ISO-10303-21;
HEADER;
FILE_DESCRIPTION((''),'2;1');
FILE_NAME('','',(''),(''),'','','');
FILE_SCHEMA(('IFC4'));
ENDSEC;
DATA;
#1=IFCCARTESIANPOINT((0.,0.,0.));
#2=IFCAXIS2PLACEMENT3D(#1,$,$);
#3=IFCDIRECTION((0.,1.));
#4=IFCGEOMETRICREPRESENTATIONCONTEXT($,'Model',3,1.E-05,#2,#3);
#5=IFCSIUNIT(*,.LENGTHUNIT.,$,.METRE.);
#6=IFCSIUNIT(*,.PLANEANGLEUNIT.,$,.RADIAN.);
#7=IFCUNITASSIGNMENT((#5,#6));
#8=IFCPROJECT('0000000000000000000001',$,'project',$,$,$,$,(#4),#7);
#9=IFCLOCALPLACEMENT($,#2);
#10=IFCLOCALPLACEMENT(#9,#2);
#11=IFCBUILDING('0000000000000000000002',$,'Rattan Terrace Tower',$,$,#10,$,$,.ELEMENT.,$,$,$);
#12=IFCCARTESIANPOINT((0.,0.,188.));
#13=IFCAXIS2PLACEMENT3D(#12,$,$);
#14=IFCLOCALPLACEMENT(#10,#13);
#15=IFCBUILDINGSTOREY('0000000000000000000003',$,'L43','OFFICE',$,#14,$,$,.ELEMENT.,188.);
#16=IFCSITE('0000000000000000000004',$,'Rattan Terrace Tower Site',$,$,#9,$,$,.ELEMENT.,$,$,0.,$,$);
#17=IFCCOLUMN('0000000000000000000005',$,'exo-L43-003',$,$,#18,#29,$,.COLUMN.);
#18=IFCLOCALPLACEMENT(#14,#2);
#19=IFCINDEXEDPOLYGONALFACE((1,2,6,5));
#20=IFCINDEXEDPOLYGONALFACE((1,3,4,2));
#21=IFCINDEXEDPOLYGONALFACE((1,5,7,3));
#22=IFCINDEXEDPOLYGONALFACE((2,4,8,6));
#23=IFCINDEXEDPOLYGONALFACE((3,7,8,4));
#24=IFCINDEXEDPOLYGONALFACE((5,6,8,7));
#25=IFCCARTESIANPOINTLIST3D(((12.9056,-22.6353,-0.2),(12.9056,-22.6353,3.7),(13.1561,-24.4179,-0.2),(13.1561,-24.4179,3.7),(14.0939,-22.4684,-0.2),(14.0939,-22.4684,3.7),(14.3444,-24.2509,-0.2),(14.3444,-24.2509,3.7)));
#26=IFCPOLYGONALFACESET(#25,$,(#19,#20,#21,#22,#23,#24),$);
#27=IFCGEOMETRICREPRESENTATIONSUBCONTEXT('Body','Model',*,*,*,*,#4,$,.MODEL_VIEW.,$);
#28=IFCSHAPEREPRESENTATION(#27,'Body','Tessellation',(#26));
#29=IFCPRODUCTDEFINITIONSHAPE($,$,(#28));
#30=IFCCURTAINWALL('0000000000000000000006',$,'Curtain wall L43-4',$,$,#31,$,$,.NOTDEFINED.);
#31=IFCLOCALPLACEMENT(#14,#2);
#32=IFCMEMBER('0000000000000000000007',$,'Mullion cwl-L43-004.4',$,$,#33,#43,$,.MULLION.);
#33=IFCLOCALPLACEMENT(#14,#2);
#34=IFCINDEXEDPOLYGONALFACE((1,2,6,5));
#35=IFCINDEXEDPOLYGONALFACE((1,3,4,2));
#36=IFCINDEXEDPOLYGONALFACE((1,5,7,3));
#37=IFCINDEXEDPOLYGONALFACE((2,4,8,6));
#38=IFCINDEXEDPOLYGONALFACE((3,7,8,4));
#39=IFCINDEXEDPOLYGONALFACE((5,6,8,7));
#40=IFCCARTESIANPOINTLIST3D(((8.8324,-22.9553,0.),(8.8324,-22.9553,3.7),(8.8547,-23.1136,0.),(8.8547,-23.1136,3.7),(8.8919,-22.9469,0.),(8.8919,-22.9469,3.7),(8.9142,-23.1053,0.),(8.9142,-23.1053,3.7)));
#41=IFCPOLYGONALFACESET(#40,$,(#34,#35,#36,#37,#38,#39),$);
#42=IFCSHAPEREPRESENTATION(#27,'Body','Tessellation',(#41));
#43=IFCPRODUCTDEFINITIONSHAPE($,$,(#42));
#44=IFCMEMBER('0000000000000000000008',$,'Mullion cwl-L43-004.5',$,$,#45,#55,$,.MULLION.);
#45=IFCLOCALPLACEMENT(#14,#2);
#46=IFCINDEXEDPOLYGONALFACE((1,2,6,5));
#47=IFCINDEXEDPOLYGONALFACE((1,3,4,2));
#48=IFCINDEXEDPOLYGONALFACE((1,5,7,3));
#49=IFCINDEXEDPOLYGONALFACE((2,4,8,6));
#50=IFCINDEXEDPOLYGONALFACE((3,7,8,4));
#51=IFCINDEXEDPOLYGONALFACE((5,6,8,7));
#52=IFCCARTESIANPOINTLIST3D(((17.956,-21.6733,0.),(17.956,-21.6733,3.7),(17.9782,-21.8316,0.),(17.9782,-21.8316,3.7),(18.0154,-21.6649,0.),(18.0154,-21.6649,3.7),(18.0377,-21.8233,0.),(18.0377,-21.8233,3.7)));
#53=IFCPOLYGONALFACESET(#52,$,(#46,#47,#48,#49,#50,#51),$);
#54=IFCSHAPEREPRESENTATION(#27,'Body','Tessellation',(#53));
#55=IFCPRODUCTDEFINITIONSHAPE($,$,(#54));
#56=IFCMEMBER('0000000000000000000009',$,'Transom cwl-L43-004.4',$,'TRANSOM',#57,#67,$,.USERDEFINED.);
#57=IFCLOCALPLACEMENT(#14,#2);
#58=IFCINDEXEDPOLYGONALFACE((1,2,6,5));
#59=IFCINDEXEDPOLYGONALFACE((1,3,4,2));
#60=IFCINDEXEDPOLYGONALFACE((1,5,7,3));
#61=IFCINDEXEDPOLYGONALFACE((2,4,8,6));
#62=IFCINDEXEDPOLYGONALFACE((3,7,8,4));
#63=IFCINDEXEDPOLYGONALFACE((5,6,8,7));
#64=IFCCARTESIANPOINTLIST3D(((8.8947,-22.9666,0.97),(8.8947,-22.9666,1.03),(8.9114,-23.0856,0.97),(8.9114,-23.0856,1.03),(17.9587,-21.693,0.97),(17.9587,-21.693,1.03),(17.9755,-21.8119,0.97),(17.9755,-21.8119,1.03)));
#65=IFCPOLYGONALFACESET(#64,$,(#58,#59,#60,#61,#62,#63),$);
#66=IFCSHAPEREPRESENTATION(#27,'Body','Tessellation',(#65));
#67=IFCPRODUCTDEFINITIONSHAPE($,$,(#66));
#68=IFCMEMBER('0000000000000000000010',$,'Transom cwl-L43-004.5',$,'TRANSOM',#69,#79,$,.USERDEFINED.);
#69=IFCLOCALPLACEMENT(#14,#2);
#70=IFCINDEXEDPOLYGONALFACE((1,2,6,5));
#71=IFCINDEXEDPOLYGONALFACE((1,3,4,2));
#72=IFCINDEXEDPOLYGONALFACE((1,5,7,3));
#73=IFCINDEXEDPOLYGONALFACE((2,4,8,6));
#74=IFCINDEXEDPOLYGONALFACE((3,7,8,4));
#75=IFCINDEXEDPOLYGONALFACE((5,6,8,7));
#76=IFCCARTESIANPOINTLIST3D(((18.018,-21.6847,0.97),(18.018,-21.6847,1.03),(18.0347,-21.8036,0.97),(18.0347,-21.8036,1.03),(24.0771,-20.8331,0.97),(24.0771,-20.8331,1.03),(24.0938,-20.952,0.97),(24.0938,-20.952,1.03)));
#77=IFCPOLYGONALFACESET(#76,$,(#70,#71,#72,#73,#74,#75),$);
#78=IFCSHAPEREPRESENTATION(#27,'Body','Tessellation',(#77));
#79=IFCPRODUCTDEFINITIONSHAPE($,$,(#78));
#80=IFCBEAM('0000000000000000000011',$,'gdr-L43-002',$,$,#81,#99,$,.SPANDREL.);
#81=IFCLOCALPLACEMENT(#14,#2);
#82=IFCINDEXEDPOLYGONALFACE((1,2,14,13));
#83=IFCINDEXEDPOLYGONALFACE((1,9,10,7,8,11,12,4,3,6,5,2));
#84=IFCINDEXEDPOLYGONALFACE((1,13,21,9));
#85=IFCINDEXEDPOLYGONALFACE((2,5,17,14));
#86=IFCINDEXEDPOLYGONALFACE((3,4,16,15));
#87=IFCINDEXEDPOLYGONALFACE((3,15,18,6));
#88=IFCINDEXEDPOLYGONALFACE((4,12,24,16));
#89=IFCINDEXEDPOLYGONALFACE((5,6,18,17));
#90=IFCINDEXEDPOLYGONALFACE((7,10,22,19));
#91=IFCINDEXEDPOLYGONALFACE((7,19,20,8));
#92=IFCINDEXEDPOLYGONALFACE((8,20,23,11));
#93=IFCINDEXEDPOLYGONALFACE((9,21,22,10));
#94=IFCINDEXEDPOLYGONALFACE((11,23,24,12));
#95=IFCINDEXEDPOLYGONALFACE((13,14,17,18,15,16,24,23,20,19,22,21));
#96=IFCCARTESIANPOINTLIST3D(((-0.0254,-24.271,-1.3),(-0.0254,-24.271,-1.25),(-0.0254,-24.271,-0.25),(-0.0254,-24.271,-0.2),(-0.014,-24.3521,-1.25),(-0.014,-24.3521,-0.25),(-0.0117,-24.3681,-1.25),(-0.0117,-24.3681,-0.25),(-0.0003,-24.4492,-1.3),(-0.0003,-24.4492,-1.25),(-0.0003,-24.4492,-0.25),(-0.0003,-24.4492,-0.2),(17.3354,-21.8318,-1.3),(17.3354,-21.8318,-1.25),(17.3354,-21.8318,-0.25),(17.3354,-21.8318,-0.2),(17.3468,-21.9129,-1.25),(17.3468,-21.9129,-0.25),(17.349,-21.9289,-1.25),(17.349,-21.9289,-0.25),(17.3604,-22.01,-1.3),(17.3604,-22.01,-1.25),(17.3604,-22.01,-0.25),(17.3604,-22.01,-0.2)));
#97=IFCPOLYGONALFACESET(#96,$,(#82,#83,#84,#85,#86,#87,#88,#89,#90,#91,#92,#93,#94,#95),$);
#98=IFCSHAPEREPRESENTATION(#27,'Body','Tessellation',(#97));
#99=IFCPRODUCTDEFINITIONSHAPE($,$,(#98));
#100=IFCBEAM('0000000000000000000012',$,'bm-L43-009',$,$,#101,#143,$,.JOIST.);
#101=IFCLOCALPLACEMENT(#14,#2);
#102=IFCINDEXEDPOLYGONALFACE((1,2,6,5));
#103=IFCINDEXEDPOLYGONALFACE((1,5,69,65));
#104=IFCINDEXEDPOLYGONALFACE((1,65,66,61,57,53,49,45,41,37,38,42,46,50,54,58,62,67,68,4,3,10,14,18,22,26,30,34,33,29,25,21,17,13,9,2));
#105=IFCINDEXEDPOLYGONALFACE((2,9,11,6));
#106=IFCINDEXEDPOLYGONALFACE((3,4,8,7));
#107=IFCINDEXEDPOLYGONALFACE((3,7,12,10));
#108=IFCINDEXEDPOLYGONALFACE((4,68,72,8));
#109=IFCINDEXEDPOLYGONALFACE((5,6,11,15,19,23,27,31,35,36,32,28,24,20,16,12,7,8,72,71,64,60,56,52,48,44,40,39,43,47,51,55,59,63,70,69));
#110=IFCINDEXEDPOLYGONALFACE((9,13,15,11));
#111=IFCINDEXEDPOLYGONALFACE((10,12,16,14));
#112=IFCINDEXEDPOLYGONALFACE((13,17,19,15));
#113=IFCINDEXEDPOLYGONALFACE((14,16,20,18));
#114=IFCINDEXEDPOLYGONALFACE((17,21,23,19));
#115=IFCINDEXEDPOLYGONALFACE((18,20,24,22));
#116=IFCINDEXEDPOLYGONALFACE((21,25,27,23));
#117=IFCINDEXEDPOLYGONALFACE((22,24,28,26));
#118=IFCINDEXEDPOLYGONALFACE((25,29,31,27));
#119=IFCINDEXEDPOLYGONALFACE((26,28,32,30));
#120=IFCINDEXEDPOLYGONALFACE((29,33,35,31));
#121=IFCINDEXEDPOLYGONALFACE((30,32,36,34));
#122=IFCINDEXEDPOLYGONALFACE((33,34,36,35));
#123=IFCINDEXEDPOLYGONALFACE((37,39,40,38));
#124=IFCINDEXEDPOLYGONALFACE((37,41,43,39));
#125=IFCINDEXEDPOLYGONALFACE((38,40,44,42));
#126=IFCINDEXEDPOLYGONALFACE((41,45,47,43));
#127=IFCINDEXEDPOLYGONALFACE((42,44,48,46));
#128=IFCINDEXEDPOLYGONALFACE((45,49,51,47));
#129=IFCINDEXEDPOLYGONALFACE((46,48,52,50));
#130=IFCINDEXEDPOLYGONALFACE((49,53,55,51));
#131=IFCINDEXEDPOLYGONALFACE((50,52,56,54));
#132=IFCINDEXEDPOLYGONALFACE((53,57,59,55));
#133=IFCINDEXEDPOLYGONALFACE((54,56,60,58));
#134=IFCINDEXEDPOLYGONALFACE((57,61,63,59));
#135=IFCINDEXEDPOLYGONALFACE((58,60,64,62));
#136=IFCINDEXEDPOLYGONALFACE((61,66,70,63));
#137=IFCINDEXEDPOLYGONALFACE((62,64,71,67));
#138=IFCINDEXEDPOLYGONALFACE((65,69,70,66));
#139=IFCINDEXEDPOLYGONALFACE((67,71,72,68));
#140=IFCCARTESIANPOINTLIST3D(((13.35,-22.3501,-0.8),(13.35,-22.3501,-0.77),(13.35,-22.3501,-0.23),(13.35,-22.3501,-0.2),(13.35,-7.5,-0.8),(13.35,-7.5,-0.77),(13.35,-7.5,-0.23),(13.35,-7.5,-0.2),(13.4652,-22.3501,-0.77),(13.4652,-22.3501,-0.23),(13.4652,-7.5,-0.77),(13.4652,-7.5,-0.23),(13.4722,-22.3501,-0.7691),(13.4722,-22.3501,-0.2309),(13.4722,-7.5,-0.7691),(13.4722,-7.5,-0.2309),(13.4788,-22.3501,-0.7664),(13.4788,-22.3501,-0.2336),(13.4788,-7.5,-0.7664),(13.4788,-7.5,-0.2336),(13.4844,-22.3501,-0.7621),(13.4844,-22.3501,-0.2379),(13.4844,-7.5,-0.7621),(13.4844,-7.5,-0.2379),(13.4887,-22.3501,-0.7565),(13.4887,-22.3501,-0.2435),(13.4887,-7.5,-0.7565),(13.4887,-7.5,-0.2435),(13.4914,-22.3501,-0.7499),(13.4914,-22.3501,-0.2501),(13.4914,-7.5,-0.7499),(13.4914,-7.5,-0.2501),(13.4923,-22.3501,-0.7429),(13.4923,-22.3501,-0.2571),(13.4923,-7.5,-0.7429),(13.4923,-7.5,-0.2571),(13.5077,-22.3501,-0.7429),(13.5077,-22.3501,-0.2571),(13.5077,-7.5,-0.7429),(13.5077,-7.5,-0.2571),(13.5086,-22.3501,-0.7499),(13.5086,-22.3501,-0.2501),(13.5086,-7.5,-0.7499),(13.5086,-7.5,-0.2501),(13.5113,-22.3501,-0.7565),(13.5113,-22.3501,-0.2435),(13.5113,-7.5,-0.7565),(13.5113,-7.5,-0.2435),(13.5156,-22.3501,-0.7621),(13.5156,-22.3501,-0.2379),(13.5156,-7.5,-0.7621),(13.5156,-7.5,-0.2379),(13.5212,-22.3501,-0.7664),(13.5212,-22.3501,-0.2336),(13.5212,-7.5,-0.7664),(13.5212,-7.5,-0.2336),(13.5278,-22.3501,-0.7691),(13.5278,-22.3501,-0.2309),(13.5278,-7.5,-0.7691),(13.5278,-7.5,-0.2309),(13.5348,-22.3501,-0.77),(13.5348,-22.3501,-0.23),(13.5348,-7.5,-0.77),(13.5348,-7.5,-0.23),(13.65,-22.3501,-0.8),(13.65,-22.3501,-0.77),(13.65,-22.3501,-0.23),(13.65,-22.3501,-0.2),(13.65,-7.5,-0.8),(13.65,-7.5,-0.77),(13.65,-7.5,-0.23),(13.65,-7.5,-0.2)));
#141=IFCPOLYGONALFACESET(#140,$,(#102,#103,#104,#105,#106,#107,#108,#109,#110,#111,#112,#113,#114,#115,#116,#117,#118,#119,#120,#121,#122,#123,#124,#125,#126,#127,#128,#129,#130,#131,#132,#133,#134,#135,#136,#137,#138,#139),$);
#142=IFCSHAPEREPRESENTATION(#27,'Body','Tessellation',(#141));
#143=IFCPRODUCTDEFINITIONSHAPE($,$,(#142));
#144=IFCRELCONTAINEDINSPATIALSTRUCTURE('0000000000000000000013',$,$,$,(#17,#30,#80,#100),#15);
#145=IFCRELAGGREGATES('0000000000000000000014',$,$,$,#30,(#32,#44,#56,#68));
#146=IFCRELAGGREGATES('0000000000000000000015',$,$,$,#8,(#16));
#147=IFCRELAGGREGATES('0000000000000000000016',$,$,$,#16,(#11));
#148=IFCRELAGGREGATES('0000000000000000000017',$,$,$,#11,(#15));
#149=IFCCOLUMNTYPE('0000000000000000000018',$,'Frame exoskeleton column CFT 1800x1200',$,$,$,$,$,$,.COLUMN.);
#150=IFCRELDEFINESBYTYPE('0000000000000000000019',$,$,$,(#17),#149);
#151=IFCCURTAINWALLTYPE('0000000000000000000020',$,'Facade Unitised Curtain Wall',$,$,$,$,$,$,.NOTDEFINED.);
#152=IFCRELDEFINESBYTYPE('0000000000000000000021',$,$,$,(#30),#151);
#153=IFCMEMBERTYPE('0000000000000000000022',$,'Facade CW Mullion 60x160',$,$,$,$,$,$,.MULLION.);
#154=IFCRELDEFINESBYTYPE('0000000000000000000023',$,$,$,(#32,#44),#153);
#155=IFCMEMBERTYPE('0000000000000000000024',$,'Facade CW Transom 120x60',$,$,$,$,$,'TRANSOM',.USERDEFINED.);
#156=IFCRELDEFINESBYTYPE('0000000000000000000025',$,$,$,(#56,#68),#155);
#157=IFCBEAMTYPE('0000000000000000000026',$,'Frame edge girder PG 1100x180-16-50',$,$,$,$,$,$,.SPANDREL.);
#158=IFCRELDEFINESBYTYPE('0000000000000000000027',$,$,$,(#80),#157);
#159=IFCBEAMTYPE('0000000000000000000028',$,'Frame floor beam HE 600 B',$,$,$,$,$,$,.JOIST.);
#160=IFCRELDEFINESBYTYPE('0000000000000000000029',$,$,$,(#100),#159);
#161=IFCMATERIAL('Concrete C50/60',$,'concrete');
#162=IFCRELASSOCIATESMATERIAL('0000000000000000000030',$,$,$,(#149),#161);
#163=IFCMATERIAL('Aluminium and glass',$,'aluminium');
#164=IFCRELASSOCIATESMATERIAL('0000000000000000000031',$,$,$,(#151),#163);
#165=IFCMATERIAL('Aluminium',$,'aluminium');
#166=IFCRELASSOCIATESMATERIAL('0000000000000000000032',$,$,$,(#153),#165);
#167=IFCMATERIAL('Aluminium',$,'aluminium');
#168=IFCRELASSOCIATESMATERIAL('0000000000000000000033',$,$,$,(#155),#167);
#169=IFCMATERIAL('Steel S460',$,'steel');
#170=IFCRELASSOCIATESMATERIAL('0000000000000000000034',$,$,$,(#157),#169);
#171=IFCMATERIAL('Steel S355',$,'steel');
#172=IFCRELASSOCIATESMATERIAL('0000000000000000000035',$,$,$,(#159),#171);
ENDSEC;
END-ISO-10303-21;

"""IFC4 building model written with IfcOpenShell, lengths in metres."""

from ifc_helpers import new_model, si_unit, direction, frame, origin, origin_2d, place, context, subcontext, project, spatial, rectangle, i_section, extrude, material, material_profile, profile_set, type_object, element, aggregate, save


model = new_model("IFC4")

# Units and contexts
model_context = context("Model", 3, precision=1e-05, world=origin(), true_north=direction((0.0, 1.0)))
body_context = subcontext(model_context, "Body", "Model", "MODEL_VIEW")
ifc_project = project(units=[si_unit("LENGTHUNIT", "METRE"), si_unit("PLANEANGLEUNIT", "RADIAN")], contexts=[model_context])

# Site, building, storey
site_placement = place(None, origin())
site = spatial("IfcSite", under=ifc_project, at=site_placement, Name="Rattan Terrace Tower Site", CompositionType="ELEMENT", RefElevation=0.0)
building_placement = place(site_placement, origin())
building = spatial("IfcBuilding", under=site, at=building_placement, Name="Rattan Terrace Tower", CompositionType="ELEMENT")
storey_placement = place(building_placement, frame((0.0, 0.0, 188.0)))
storey = spatial("IfcBuildingStorey", under=building, at=storey_placement, Name="L43", Description="OFFICE", CompositionType="ELEMENT", Elevation=188.0)

# Column
ifc_material_1 = material(Name="Concrete C50/60", Category="concrete")
ifc_material_profile_1 = material_profile(ifc_material_1, rectangle(XDim=1.2, YDim=1.8, at=origin_2d()), Name="CFT 1800x1200")
ifc_profile_set_1 = profile_set([ifc_material_profile_1], Name="Concrete C50/60")
column_type = type_object("IfcColumnType", Name="Frame exoskeleton column CFT 1800x1200", PredefinedType="COLUMN", material=ifc_profile_set_1)
column_placement = place(storey_placement, frame((13.625, -23.4431, -0.2), z_axis=(0.0, 0.0, 1.0), x_axis=(0.99027, 0.139156, 0.0)))
element("IfcColumn", 1, at=column_placement, inside=storey, type_object=column_type, Name="exo-L43-003", PredefinedType="COLUMN", context=body_context, shape_type="SweptSolid", body=[
    extrude(rectangle(XDim=1.2, YDim=1.8, at=origin_2d()), origin(), (0.0, 0.0, 1.0), 3.8999),
])

# Curtain wall, members
ifc_material_2 = material(Name="Aluminium and glass", Category="aluminium")
curtain_wall_type = type_object("IfcCurtainWallType", Name="Facade Unitised Curtain Wall", PredefinedType="NOTDEFINED", material=ifc_material_2)
curtain_wall_placement = place(storey_placement, origin())
curtain_wall = element("IfcCurtainWall", 2, at=curtain_wall_placement, inside=storey, type_object=curtain_wall_type, Name="Curtain wall L43-4", PredefinedType="NOTDEFINED")
ifc_material_3 = material(Name="Aluminium", Category="aluminium")
ifc_material_profile_2 = material_profile(ifc_material_3, rectangle(XDim=0.0601, YDim=0.1599, at=origin_2d()), Name="Aluminium 60x160")
ifc_profile_set_2 = profile_set([ifc_material_profile_2], Name="Aluminium")
member_type_1 = type_object("IfcMemberType", Name="Facade CW Mullion 60x160", PredefinedType="MULLION", material=ifc_profile_set_2)
member_1_placement = place(storey_placement, frame((8.8733, -23.0303, 0.0), z_axis=(0.0, 0.0, 1.0), x_axis=(0.99027, 0.139161, 0.0)))
member_1 = element("IfcMember", 3, at=member_1_placement, type_object=member_type_1, Name="Mullion cwl-L43-004.4", PredefinedType="MULLION", context=body_context, shape_type="SweptSolid", body=[
    extrude(rectangle(XDim=0.0601, YDim=0.1599, at=origin_2d()), origin(), (0.0, 0.0, 1.0), 3.7),
])
member_2_placement = place(storey_placement, frame((17.9968, -21.7483, 0.0), z_axis=(0.0, 0.0, 1.0), x_axis=(0.99027, 0.139161, 0.0)))
member_2 = element("IfcMember", 4, at=member_2_placement, type_object=member_type_1, Name="Mullion cwl-L43-004.5", PredefinedType="MULLION", context=body_context, shape_type="SweptSolid", body=[
    extrude(rectangle(XDim=0.0601, YDim=0.1599, at=origin_2d()), origin(), (0.0, 0.0, 1.0), 3.7),
])
ifc_material_4 = material(Name="Aluminium", Category="aluminium")
ifc_material_profile_3 = material_profile(ifc_material_4, rectangle(XDim=0.1201, YDim=0.0601, at=origin_2d()), Name="Aluminium 120x60")
ifc_profile_set_3 = profile_set([ifc_material_profile_3], Name="Aluminium")
member_type_2 = type_object("IfcMemberType", Name="Facade CW Transom 120x60", ElementType="TRANSOM", PredefinedType="USERDEFINED", material=ifc_profile_set_3)
member_3_placement = place(storey_placement, frame((8.9031, -23.0261, 1.0), z_axis=(0.990271, 0.139154, 0.0), x_axis=(-0.139154, 0.990271, 0.0)))
member_3 = element("IfcMember", 5, at=member_3_placement, type_object=member_type_2, Name="Transom cwl-L43-004.4", ObjectType="TRANSOM", PredefinedType="USERDEFINED", context=body_context, shape_type="SweptSolid", body=[
    extrude(rectangle(XDim=0.1201, YDim=0.0601, at=origin_2d()), origin(), (0.0, 0.0, 1.0), 9.1531),
])
member_4_placement = place(storey_placement, frame((18.0264, -21.7441, 1.0), z_axis=(0.990268, 0.139175, 0.0), x_axis=(-0.139175, 0.990268, 0.0)))
member_4 = element("IfcMember", 6, at=member_4_placement, type_object=member_type_2, Name="Transom cwl-L43-004.5", ObjectType="TRANSOM", PredefinedType="USERDEFINED", context=body_context, shape_type="SweptSolid", body=[
    extrude(rectangle(XDim=0.1201, YDim=0.0601, at=origin_2d()), origin(), (0.0, 0.0, 1.0), 6.1187),
])

# Beams
ifc_material_5 = material(Name="Steel S460", Category="steel")
ifc_material_profile_4 = material_profile(ifc_material_5, i_section(OverallWidth=0.1799, OverallDepth=1.1001, WebThickness=0.0161, FlangeThickness=0.05, at=origin_2d()), Name="PG 1100x180-16-50")
ifc_profile_set_4 = profile_set([ifc_material_profile_4], Name="Steel S460")
beam_type_1 = type_object("IfcBeamType", Name="Frame edge girder PG 1100x180-16-50", PredefinedType="SPANDREL", material=ifc_profile_set_4)
beam_1_placement = place(storey_placement, frame((17.3479, -21.9209, -0.75), z_axis=(-0.990274, -0.139134, 0.0), x_axis=(0.139134, -0.990274, 0.0)))
element("IfcBeam", 7, at=beam_1_placement, inside=storey, type_object=beam_type_1, Name="gdr-L43-002", PredefinedType="SPANDREL", context=body_context, shape_type="SweptSolid", body=[
    extrude(i_section(OverallWidth=0.1799, OverallDepth=1.1001, WebThickness=0.0161, FlangeThickness=0.05, at=origin_2d()), origin(), (0.0, 0.0, 1.0), 17.5312),
])
ifc_material_6 = material(Name="Steel S355", Category="steel")
ifc_material_profile_5 = material_profile(ifc_material_6, i_section(OverallWidth=0.3, OverallDepth=0.6001, WebThickness=0.0154, FlangeThickness=0.03, FilletRadius=0.0271, at=origin_2d()), Name="HE 600 B")
ifc_profile_set_5 = profile_set([ifc_material_profile_5], Name="Steel S355")
beam_type_2 = type_object("IfcBeamType", Name="Frame floor beam HE 600 B", PredefinedType="JOIST", material=ifc_profile_set_5)
beam_2_placement = place(storey_placement, frame((13.5, -22.3501, -0.5), z_axis=(0.0, 1.0, 0.0), x_axis=(-1.0, 0.0, 0.0)))
element("IfcBeam", 8, at=beam_2_placement, inside=storey, type_object=beam_type_2, Name="bm-L43-009", PredefinedType="JOIST", context=body_context, shape_type="SweptSolid", body=[
    extrude(i_section(OverallWidth=0.3, OverallDepth=0.6001, WebThickness=0.0154, FlangeThickness=0.03, FilletRadius=0.0271, at=origin_2d()), origin(), (0.0, 0.0, 1.0), 14.8501),
])

aggregate(curtain_wall, [member_1, member_2, member_3, member_4])

save(model, "model.ifc")
